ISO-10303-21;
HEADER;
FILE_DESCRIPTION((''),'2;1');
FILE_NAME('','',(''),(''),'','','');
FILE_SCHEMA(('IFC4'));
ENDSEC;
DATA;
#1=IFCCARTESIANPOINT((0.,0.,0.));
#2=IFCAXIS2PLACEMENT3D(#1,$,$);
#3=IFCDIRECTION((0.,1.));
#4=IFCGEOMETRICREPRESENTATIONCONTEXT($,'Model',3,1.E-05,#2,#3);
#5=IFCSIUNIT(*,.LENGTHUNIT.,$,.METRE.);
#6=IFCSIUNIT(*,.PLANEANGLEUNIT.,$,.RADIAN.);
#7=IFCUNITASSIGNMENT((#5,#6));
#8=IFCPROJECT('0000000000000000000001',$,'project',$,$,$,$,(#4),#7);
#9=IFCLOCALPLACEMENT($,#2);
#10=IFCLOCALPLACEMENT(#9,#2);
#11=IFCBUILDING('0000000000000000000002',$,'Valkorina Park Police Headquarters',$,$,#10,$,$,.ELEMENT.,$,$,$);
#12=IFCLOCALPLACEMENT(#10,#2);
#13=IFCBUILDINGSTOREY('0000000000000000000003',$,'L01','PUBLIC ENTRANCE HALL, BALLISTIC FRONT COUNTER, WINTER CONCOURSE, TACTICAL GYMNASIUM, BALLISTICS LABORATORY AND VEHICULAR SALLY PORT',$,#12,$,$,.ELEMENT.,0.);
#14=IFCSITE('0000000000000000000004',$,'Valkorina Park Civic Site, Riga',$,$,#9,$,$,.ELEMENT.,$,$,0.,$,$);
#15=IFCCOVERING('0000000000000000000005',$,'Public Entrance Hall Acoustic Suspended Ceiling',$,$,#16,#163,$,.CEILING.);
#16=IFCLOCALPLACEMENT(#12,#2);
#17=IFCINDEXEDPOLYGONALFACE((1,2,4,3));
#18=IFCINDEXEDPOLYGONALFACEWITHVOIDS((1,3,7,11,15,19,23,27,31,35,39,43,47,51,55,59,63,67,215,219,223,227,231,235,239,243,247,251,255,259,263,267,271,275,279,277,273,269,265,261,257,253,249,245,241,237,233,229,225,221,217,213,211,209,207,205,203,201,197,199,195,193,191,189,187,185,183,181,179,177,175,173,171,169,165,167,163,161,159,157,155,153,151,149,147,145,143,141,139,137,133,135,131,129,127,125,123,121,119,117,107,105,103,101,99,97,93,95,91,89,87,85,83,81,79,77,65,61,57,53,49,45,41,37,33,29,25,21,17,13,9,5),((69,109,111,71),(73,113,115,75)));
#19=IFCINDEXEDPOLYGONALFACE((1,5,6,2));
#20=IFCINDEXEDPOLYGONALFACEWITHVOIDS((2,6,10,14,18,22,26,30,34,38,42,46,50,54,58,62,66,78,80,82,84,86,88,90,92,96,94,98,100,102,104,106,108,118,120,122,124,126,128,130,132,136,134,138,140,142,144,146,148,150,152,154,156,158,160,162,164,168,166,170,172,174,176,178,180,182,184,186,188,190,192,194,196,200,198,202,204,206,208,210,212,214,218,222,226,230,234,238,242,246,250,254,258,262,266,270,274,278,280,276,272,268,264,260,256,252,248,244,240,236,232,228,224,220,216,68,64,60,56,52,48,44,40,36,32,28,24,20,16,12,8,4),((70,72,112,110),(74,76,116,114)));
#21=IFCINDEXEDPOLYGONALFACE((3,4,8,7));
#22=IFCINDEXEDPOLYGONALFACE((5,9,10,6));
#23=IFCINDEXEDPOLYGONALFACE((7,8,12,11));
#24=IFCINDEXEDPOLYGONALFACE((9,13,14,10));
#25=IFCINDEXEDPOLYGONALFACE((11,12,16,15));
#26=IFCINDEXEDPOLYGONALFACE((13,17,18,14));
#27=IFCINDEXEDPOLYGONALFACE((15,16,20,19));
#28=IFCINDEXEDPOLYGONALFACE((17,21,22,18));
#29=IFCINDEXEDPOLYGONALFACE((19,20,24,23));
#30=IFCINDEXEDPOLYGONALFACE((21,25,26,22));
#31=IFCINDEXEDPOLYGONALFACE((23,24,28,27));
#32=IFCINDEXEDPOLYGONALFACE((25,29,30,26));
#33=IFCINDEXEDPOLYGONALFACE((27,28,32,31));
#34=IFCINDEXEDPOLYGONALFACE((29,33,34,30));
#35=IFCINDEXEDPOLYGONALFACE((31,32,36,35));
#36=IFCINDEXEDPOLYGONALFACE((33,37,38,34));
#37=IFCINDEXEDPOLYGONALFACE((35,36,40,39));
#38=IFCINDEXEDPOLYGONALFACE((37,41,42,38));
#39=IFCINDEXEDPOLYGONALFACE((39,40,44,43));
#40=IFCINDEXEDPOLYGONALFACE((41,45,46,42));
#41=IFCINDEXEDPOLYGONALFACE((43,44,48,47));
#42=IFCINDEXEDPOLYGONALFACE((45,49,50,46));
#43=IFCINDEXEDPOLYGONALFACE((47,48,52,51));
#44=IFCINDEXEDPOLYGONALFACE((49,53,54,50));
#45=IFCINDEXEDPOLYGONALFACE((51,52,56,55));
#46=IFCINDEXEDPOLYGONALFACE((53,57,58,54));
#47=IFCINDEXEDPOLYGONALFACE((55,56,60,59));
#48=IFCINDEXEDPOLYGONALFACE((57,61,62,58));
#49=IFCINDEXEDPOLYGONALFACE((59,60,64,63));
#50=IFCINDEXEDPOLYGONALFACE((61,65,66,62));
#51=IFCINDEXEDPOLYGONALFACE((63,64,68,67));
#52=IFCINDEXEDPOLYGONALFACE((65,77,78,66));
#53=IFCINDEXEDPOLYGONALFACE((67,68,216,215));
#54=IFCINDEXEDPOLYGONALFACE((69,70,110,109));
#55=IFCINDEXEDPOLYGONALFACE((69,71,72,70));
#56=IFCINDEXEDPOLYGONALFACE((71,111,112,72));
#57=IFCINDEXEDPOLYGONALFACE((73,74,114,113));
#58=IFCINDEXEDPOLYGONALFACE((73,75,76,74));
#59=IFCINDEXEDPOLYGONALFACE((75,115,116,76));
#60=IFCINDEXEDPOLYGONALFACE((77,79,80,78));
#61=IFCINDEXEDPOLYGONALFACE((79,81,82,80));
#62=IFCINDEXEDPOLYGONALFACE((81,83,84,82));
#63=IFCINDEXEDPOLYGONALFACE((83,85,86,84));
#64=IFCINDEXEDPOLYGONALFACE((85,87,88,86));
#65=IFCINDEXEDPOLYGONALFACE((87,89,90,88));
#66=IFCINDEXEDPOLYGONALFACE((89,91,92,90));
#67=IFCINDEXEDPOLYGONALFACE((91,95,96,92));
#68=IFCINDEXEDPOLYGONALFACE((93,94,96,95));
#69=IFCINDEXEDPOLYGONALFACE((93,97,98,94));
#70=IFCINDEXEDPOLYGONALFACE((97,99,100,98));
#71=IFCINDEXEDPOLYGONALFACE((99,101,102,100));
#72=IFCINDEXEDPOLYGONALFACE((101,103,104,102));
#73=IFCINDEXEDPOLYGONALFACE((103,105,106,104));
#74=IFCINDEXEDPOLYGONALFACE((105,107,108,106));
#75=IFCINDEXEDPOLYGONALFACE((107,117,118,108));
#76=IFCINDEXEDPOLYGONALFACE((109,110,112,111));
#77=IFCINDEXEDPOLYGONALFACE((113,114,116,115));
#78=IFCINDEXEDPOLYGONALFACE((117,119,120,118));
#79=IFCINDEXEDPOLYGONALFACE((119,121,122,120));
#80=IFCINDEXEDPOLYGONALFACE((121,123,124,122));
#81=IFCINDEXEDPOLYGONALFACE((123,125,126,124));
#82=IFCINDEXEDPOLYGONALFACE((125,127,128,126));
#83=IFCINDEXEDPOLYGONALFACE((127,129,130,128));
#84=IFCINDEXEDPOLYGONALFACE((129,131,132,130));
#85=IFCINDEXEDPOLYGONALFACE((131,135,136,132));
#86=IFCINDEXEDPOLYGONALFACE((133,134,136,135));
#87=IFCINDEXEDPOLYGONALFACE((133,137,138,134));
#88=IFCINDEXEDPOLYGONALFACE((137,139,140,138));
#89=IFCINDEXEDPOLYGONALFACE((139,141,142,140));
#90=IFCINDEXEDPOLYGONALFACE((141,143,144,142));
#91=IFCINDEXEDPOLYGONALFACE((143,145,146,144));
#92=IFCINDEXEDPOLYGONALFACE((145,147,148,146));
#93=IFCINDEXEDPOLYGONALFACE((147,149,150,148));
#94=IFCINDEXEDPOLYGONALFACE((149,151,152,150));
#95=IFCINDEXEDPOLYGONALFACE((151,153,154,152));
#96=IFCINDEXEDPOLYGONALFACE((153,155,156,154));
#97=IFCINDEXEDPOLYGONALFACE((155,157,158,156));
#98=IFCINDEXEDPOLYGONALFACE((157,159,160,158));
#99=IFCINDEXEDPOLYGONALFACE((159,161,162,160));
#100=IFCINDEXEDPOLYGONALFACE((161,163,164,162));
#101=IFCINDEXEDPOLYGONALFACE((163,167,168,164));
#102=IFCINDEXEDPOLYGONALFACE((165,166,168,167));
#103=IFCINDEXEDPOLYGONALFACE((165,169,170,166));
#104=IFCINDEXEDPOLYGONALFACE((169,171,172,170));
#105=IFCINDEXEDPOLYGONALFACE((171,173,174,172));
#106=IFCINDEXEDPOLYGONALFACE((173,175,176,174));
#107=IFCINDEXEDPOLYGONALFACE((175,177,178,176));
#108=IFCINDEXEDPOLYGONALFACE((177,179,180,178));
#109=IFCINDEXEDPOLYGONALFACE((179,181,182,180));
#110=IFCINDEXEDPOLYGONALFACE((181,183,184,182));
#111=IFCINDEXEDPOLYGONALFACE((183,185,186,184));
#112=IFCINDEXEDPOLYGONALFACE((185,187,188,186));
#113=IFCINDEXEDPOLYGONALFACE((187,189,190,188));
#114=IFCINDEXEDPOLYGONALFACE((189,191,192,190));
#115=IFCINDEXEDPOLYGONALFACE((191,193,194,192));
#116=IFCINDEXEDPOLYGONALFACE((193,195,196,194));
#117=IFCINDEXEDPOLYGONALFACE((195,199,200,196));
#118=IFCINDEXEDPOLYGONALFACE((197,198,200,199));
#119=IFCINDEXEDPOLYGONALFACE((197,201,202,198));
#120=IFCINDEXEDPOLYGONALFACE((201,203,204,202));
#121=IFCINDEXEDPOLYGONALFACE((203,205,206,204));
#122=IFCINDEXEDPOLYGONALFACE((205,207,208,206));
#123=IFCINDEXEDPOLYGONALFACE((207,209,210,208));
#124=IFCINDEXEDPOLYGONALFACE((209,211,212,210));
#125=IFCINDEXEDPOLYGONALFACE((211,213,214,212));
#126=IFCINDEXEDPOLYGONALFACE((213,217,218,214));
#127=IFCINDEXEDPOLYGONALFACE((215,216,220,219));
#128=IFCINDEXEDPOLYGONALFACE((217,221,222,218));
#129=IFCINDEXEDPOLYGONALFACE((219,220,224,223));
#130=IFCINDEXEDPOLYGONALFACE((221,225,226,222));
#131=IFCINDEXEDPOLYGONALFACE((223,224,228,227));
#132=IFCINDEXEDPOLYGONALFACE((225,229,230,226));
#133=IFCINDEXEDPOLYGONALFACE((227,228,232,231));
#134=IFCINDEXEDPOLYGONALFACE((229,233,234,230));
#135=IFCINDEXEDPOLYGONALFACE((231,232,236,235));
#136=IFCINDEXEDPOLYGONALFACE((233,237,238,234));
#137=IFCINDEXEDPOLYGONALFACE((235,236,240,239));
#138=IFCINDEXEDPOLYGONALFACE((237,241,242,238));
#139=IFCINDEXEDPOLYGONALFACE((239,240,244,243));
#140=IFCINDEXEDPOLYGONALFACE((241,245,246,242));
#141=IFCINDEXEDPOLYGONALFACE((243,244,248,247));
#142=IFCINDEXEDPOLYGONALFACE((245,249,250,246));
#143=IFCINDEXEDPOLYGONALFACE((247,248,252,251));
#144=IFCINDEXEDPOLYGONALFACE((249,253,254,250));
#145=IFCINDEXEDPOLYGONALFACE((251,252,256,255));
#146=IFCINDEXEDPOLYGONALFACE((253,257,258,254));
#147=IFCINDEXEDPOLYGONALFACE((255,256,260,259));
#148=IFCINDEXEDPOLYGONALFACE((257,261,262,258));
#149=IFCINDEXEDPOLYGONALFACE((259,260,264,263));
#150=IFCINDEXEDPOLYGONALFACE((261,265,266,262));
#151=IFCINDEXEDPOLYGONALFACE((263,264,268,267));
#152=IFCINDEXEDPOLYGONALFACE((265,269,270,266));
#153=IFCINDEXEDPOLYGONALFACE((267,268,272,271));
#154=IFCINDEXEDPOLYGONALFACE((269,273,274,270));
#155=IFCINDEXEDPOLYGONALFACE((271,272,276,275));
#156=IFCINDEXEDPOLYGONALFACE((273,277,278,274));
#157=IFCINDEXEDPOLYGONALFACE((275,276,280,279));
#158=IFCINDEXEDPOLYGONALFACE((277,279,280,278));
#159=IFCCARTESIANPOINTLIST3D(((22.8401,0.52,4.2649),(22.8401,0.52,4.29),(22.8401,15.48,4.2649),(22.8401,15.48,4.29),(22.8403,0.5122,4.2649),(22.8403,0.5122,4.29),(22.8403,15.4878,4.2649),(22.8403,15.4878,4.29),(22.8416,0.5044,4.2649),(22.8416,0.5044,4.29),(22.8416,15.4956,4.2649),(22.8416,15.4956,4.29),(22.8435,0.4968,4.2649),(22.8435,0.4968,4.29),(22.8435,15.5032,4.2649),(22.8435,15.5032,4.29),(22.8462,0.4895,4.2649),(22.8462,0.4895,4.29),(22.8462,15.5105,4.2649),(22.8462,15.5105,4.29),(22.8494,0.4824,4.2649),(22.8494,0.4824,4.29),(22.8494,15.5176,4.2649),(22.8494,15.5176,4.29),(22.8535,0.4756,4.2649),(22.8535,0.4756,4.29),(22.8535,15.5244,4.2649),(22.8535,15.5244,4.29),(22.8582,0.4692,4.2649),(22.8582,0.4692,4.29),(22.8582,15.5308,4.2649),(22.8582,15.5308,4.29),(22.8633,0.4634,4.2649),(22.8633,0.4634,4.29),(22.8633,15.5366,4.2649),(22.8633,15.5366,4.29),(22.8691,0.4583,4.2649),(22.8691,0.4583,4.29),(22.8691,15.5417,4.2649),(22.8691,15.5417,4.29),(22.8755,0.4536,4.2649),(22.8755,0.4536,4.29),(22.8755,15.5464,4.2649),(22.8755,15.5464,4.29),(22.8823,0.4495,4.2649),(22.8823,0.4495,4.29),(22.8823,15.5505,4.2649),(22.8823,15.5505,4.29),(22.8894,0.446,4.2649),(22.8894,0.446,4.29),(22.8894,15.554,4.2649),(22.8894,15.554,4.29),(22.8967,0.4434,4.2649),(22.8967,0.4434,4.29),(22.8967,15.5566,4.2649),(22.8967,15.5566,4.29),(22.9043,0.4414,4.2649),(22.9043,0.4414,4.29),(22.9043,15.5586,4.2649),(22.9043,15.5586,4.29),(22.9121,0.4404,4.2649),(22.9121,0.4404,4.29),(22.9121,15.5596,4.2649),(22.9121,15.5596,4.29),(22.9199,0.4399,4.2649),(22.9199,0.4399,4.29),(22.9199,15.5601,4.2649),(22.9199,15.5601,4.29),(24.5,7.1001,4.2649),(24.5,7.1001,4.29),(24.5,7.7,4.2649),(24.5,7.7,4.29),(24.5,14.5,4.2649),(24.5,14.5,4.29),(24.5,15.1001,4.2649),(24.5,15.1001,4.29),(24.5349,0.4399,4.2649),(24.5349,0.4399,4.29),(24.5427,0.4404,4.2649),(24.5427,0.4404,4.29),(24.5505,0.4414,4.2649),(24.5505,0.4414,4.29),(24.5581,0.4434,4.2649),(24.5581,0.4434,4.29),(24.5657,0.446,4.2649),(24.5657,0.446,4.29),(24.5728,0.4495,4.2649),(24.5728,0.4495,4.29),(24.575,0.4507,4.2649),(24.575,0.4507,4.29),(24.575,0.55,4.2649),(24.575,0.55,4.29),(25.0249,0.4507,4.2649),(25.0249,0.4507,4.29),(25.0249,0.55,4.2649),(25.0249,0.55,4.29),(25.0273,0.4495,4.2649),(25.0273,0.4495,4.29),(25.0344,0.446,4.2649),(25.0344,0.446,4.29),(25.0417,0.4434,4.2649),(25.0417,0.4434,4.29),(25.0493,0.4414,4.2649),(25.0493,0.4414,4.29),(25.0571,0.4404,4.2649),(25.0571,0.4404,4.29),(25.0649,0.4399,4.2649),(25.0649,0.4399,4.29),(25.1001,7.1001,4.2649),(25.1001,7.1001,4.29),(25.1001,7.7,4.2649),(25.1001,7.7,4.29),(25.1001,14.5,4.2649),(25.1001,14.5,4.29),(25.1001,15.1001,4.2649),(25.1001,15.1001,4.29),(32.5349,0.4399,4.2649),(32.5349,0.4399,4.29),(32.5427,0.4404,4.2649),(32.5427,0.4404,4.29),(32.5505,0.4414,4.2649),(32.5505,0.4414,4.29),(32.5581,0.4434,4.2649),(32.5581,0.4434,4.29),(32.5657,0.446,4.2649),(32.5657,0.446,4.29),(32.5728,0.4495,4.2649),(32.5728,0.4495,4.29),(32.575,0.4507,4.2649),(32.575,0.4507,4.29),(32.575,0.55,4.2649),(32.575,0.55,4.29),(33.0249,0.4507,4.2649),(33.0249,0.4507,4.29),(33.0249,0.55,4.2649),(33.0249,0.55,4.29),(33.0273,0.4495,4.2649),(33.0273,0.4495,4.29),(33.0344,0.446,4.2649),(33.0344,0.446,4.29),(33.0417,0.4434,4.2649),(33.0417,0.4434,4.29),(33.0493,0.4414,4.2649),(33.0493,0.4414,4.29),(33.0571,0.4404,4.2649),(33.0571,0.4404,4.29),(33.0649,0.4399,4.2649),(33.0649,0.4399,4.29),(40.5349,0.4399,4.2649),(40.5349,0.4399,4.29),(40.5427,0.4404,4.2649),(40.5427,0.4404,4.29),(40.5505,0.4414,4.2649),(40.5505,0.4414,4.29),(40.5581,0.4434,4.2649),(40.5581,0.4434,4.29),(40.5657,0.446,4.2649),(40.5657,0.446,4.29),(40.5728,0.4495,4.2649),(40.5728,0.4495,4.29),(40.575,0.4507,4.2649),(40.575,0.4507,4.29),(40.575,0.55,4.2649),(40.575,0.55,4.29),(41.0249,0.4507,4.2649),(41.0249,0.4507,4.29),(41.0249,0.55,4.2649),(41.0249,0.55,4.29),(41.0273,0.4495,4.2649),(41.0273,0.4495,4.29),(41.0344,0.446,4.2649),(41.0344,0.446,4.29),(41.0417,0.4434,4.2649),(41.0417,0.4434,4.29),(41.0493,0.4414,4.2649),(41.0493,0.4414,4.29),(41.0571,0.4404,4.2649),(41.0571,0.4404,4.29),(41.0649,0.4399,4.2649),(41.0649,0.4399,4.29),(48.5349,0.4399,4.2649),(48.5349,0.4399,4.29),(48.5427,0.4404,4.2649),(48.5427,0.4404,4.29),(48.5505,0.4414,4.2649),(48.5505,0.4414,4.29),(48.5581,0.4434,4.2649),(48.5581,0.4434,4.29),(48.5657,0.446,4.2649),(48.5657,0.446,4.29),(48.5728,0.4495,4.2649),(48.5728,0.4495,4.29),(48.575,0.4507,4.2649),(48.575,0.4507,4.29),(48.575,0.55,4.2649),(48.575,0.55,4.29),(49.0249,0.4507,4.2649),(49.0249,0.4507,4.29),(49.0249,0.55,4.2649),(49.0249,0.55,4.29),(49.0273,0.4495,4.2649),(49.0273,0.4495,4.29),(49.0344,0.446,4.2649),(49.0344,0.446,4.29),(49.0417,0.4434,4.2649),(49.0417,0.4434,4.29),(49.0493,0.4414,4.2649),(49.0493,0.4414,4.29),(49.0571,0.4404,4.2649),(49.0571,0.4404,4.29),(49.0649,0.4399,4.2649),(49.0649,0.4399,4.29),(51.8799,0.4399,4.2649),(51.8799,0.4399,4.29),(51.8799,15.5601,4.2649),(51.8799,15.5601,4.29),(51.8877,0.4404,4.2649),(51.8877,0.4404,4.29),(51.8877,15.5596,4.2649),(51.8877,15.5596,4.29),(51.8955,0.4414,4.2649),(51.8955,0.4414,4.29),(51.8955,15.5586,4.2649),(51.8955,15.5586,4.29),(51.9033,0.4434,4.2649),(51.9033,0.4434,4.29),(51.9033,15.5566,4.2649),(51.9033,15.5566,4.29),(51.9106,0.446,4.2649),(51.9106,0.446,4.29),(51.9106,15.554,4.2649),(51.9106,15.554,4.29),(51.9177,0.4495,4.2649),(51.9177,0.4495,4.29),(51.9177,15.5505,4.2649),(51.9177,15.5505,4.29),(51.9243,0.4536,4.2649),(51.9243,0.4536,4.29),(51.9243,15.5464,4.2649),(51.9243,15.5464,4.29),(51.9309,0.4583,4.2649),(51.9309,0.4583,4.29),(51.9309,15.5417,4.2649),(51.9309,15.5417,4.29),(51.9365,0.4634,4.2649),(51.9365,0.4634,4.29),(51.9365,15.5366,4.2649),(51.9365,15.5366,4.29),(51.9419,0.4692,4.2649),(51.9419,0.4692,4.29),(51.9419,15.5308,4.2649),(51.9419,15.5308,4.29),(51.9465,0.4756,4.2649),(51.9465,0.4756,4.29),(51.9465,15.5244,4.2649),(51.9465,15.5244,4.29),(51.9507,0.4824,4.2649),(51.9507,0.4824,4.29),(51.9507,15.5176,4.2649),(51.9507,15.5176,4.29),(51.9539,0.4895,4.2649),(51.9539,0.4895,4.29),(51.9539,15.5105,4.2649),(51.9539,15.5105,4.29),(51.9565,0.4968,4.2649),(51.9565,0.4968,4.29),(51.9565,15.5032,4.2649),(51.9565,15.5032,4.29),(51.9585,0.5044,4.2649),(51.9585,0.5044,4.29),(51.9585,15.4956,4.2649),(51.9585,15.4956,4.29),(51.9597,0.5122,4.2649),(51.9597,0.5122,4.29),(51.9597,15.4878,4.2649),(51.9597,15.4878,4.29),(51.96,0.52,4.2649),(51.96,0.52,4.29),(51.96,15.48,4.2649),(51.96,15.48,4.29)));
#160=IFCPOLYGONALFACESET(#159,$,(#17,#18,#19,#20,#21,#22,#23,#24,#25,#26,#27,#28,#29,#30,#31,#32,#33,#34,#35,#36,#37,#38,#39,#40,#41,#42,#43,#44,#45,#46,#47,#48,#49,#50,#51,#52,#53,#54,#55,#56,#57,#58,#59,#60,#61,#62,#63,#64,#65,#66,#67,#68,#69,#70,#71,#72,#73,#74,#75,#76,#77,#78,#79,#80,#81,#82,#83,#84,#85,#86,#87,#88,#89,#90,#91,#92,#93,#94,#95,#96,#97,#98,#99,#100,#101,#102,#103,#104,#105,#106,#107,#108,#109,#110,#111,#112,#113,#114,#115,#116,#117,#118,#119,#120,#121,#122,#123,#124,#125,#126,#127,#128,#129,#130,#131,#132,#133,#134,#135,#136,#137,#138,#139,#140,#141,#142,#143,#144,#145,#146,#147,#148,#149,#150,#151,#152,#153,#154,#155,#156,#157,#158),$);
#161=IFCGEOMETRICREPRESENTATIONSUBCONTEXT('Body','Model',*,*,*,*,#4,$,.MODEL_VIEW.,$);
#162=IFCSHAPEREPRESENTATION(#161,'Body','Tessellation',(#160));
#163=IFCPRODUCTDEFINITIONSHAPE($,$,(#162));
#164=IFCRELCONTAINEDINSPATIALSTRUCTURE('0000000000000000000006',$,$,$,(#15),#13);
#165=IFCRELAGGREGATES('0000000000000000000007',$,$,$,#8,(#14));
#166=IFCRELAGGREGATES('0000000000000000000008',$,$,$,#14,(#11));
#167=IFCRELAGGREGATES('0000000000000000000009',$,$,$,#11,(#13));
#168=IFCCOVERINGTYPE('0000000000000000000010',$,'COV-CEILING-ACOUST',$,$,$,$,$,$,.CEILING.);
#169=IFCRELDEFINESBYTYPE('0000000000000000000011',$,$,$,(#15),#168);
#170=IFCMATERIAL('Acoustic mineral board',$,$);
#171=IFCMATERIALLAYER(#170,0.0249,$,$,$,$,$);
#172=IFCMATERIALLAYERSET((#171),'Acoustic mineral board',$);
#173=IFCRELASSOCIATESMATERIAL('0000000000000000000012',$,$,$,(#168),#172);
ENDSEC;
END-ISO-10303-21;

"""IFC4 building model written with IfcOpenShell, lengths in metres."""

from ifc_helpers import new_model, si_unit, direction, frame, origin, place, context, subcontext, project, spatial, polyline, outline, extrude, material, layer, layer_set, type_object, element, save


model = new_model("IFC4")

# Units and contexts
model_context = context("Model", 3, precision=1e-05, world=origin(), true_north=direction((0.0, 1.0)))
body_context = subcontext(model_context, "Body", "Model", "MODEL_VIEW")
ifc_project = project(units=[si_unit("LENGTHUNIT", "METRE"), si_unit("PLANEANGLEUNIT", "RADIAN")], contexts=[model_context])

# Site, building, storey
site_placement = place(None, origin())
site = spatial("IfcSite", under=ifc_project, at=site_placement, Name="Valkorina Park Civic Site, Riga", CompositionType="ELEMENT", RefElevation=0.0)
building_placement = place(site_placement, origin())
building = spatial("IfcBuilding", under=site, at=building_placement, Name="Valkorina Park Police Headquarters", CompositionType="ELEMENT")
storey_placement = place(building_placement, origin())
storey = spatial("IfcBuildingStorey", under=building, at=storey_placement, Name="L01", Description="PUBLIC ENTRANCE HALL, BALLISTIC FRONT COUNTER, WINTER CONCOURSE, TACTICAL GYMNASIUM, BALLISTICS LABORATORY AND VEHICULAR SALLY PORT", CompositionType="ELEMENT", Elevation=0.0)

# Covering
ifc_material_1 = material(Name="Acoustic mineral board")
ifc_layer_1 = layer(ifc_material_1, 0.0249)
ifc_layer_set_1 = layer_set([ifc_layer_1], Name="Acoustic mineral board")
covering_type_1 = type_object("IfcCoveringType", Name="COV-CEILING-ACOUST", PredefinedType="CEILING", material=ifc_layer_set_1)
covering_1_placement = place(storey_placement, frame((0.0, 0.0, 4.2649)))
element("IfcCovering", 1, at=covering_1_placement, inside=storey, type_object=covering_type_1, Name="Public Entrance Hall Acoustic Suspended Ceiling", PredefinedType="CEILING", context=body_context, shape_type="SweptSolid", body=[
    extrude(outline(polyline([(24.575, 0.4507), (24.575, 0.55), (25.0249, 0.55), (25.0249, 0.4507), (25.0273, 0.4495), (25.0344, 0.446), (25.0417, 0.4434), (25.0493, 0.4414), (25.0571, 0.4404), (25.0649, 0.4399), (32.5349, 0.4399), (32.5427, 0.4404), (32.5505, 0.4414), (32.5581, 0.4434), (32.5657, 0.446), (32.5728, 0.4495), (32.575, 0.4507), (32.575, 0.55), (33.0249, 0.55), (33.0249, 0.4507), (33.0273, 0.4495), (33.0344, 0.446), (33.0417, 0.4434), (33.0493, 0.4414), (33.0571, 0.4404), (33.0649, 0.4399), (40.5349, 0.4399), (40.5427, 0.4404), (40.5505, 0.4414), (40.5581, 0.4434), (40.5657, 0.446), (40.5728, 0.4495), (40.575, 0.4507), (40.575, 0.55), (41.0249, 0.55), (41.0249, 0.4507), (41.0273, 0.4495), (41.0344, 0.446), (41.0417, 0.4434), (41.0493, 0.4414), (41.0571, 0.4404), (41.0649, 0.4399), (48.5349, 0.4399), (48.5427, 0.4404), (48.5505, 0.4414), (48.5581, 0.4434), (48.5657, 0.446), (48.5728, 0.4495), (48.575, 0.4507), (48.575, 0.55), (49.0249, 0.55), (49.0249, 0.4507), (49.0273, 0.4495), (49.0344, 0.446), (49.0417, 0.4434), (49.0493, 0.4414), (49.0571, 0.4404), (49.0649, 0.4399), (51.8799, 0.4399), (51.8877, 0.4404), (51.8955, 0.4414), (51.9033, 0.4434), (51.9106, 0.446), (51.9177, 0.4495), (51.9243, 0.4536), (51.9309, 0.4583), (51.9365, 0.4634), (51.9419, 0.4692), (51.9465, 0.4756), (51.9507, 0.4824), (51.9539, 0.4895), (51.9565, 0.4968), (51.9585, 0.5044), (51.9597, 0.5122), (51.96, 0.52), (51.96, 15.48), (51.9597, 15.4878), (51.9585, 15.4956), (51.9565, 15.5032), (51.9539, 15.5105), (51.9507, 15.5176), (51.9465, 15.5244), (51.9419, 15.5308), (51.9365, 15.5366), (51.9309, 15.5417), (51.9243, 15.5464), (51.9177, 15.5505), (51.9106, 15.554), (51.9033, 15.5566), (51.8955, 15.5586), (51.8877, 15.5596), (51.8799, 15.5601), (22.9199, 15.5601), (22.9121, 15.5596), (22.9043, 15.5586), (22.8967, 15.5566), (22.8894, 15.554), (22.8823, 15.5505), (22.8755, 15.5464), (22.8691, 15.5417), (22.8633, 15.5366), (22.8582, 15.5308), (22.8535, 15.5244), (22.8494, 15.5176), (22.8462, 15.5105), (22.8435, 15.5032), (22.8416, 15.4956), (22.8403, 15.4878), (22.8401, 15.48), (22.8401, 0.52), (22.8403, 0.5122), (22.8416, 0.5044), (22.8435, 0.4968), (22.8462, 0.4895), (22.8494, 0.4824), (22.8535, 0.4756), (22.8582, 0.4692), (22.8633, 0.4634), (22.8691, 0.4583), (22.8755, 0.4536), (22.8823, 0.4495), (22.8894, 0.446), (22.8967, 0.4434), (22.9043, 0.4414), (22.9121, 0.4404), (22.9199, 0.4399), (24.5349, 0.4399), (24.5427, 0.4404), (24.5505, 0.4414), (24.5581, 0.4434), (24.5657, 0.446), (24.5728, 0.4495), (24.575, 0.4507)]), holes=[polyline([(25.1001, 14.5), (24.5, 14.5), (24.5, 15.1001), (25.1001, 15.1001), (25.1001, 14.5)]), polyline([(25.1001, 7.1001), (24.5, 7.1001), (24.5, 7.7), (25.1001, 7.7), (25.1001, 7.1001)])]), origin(), (0.0, 0.0, 1.0), 0.0251),
])

save(model, "model.ifc")
